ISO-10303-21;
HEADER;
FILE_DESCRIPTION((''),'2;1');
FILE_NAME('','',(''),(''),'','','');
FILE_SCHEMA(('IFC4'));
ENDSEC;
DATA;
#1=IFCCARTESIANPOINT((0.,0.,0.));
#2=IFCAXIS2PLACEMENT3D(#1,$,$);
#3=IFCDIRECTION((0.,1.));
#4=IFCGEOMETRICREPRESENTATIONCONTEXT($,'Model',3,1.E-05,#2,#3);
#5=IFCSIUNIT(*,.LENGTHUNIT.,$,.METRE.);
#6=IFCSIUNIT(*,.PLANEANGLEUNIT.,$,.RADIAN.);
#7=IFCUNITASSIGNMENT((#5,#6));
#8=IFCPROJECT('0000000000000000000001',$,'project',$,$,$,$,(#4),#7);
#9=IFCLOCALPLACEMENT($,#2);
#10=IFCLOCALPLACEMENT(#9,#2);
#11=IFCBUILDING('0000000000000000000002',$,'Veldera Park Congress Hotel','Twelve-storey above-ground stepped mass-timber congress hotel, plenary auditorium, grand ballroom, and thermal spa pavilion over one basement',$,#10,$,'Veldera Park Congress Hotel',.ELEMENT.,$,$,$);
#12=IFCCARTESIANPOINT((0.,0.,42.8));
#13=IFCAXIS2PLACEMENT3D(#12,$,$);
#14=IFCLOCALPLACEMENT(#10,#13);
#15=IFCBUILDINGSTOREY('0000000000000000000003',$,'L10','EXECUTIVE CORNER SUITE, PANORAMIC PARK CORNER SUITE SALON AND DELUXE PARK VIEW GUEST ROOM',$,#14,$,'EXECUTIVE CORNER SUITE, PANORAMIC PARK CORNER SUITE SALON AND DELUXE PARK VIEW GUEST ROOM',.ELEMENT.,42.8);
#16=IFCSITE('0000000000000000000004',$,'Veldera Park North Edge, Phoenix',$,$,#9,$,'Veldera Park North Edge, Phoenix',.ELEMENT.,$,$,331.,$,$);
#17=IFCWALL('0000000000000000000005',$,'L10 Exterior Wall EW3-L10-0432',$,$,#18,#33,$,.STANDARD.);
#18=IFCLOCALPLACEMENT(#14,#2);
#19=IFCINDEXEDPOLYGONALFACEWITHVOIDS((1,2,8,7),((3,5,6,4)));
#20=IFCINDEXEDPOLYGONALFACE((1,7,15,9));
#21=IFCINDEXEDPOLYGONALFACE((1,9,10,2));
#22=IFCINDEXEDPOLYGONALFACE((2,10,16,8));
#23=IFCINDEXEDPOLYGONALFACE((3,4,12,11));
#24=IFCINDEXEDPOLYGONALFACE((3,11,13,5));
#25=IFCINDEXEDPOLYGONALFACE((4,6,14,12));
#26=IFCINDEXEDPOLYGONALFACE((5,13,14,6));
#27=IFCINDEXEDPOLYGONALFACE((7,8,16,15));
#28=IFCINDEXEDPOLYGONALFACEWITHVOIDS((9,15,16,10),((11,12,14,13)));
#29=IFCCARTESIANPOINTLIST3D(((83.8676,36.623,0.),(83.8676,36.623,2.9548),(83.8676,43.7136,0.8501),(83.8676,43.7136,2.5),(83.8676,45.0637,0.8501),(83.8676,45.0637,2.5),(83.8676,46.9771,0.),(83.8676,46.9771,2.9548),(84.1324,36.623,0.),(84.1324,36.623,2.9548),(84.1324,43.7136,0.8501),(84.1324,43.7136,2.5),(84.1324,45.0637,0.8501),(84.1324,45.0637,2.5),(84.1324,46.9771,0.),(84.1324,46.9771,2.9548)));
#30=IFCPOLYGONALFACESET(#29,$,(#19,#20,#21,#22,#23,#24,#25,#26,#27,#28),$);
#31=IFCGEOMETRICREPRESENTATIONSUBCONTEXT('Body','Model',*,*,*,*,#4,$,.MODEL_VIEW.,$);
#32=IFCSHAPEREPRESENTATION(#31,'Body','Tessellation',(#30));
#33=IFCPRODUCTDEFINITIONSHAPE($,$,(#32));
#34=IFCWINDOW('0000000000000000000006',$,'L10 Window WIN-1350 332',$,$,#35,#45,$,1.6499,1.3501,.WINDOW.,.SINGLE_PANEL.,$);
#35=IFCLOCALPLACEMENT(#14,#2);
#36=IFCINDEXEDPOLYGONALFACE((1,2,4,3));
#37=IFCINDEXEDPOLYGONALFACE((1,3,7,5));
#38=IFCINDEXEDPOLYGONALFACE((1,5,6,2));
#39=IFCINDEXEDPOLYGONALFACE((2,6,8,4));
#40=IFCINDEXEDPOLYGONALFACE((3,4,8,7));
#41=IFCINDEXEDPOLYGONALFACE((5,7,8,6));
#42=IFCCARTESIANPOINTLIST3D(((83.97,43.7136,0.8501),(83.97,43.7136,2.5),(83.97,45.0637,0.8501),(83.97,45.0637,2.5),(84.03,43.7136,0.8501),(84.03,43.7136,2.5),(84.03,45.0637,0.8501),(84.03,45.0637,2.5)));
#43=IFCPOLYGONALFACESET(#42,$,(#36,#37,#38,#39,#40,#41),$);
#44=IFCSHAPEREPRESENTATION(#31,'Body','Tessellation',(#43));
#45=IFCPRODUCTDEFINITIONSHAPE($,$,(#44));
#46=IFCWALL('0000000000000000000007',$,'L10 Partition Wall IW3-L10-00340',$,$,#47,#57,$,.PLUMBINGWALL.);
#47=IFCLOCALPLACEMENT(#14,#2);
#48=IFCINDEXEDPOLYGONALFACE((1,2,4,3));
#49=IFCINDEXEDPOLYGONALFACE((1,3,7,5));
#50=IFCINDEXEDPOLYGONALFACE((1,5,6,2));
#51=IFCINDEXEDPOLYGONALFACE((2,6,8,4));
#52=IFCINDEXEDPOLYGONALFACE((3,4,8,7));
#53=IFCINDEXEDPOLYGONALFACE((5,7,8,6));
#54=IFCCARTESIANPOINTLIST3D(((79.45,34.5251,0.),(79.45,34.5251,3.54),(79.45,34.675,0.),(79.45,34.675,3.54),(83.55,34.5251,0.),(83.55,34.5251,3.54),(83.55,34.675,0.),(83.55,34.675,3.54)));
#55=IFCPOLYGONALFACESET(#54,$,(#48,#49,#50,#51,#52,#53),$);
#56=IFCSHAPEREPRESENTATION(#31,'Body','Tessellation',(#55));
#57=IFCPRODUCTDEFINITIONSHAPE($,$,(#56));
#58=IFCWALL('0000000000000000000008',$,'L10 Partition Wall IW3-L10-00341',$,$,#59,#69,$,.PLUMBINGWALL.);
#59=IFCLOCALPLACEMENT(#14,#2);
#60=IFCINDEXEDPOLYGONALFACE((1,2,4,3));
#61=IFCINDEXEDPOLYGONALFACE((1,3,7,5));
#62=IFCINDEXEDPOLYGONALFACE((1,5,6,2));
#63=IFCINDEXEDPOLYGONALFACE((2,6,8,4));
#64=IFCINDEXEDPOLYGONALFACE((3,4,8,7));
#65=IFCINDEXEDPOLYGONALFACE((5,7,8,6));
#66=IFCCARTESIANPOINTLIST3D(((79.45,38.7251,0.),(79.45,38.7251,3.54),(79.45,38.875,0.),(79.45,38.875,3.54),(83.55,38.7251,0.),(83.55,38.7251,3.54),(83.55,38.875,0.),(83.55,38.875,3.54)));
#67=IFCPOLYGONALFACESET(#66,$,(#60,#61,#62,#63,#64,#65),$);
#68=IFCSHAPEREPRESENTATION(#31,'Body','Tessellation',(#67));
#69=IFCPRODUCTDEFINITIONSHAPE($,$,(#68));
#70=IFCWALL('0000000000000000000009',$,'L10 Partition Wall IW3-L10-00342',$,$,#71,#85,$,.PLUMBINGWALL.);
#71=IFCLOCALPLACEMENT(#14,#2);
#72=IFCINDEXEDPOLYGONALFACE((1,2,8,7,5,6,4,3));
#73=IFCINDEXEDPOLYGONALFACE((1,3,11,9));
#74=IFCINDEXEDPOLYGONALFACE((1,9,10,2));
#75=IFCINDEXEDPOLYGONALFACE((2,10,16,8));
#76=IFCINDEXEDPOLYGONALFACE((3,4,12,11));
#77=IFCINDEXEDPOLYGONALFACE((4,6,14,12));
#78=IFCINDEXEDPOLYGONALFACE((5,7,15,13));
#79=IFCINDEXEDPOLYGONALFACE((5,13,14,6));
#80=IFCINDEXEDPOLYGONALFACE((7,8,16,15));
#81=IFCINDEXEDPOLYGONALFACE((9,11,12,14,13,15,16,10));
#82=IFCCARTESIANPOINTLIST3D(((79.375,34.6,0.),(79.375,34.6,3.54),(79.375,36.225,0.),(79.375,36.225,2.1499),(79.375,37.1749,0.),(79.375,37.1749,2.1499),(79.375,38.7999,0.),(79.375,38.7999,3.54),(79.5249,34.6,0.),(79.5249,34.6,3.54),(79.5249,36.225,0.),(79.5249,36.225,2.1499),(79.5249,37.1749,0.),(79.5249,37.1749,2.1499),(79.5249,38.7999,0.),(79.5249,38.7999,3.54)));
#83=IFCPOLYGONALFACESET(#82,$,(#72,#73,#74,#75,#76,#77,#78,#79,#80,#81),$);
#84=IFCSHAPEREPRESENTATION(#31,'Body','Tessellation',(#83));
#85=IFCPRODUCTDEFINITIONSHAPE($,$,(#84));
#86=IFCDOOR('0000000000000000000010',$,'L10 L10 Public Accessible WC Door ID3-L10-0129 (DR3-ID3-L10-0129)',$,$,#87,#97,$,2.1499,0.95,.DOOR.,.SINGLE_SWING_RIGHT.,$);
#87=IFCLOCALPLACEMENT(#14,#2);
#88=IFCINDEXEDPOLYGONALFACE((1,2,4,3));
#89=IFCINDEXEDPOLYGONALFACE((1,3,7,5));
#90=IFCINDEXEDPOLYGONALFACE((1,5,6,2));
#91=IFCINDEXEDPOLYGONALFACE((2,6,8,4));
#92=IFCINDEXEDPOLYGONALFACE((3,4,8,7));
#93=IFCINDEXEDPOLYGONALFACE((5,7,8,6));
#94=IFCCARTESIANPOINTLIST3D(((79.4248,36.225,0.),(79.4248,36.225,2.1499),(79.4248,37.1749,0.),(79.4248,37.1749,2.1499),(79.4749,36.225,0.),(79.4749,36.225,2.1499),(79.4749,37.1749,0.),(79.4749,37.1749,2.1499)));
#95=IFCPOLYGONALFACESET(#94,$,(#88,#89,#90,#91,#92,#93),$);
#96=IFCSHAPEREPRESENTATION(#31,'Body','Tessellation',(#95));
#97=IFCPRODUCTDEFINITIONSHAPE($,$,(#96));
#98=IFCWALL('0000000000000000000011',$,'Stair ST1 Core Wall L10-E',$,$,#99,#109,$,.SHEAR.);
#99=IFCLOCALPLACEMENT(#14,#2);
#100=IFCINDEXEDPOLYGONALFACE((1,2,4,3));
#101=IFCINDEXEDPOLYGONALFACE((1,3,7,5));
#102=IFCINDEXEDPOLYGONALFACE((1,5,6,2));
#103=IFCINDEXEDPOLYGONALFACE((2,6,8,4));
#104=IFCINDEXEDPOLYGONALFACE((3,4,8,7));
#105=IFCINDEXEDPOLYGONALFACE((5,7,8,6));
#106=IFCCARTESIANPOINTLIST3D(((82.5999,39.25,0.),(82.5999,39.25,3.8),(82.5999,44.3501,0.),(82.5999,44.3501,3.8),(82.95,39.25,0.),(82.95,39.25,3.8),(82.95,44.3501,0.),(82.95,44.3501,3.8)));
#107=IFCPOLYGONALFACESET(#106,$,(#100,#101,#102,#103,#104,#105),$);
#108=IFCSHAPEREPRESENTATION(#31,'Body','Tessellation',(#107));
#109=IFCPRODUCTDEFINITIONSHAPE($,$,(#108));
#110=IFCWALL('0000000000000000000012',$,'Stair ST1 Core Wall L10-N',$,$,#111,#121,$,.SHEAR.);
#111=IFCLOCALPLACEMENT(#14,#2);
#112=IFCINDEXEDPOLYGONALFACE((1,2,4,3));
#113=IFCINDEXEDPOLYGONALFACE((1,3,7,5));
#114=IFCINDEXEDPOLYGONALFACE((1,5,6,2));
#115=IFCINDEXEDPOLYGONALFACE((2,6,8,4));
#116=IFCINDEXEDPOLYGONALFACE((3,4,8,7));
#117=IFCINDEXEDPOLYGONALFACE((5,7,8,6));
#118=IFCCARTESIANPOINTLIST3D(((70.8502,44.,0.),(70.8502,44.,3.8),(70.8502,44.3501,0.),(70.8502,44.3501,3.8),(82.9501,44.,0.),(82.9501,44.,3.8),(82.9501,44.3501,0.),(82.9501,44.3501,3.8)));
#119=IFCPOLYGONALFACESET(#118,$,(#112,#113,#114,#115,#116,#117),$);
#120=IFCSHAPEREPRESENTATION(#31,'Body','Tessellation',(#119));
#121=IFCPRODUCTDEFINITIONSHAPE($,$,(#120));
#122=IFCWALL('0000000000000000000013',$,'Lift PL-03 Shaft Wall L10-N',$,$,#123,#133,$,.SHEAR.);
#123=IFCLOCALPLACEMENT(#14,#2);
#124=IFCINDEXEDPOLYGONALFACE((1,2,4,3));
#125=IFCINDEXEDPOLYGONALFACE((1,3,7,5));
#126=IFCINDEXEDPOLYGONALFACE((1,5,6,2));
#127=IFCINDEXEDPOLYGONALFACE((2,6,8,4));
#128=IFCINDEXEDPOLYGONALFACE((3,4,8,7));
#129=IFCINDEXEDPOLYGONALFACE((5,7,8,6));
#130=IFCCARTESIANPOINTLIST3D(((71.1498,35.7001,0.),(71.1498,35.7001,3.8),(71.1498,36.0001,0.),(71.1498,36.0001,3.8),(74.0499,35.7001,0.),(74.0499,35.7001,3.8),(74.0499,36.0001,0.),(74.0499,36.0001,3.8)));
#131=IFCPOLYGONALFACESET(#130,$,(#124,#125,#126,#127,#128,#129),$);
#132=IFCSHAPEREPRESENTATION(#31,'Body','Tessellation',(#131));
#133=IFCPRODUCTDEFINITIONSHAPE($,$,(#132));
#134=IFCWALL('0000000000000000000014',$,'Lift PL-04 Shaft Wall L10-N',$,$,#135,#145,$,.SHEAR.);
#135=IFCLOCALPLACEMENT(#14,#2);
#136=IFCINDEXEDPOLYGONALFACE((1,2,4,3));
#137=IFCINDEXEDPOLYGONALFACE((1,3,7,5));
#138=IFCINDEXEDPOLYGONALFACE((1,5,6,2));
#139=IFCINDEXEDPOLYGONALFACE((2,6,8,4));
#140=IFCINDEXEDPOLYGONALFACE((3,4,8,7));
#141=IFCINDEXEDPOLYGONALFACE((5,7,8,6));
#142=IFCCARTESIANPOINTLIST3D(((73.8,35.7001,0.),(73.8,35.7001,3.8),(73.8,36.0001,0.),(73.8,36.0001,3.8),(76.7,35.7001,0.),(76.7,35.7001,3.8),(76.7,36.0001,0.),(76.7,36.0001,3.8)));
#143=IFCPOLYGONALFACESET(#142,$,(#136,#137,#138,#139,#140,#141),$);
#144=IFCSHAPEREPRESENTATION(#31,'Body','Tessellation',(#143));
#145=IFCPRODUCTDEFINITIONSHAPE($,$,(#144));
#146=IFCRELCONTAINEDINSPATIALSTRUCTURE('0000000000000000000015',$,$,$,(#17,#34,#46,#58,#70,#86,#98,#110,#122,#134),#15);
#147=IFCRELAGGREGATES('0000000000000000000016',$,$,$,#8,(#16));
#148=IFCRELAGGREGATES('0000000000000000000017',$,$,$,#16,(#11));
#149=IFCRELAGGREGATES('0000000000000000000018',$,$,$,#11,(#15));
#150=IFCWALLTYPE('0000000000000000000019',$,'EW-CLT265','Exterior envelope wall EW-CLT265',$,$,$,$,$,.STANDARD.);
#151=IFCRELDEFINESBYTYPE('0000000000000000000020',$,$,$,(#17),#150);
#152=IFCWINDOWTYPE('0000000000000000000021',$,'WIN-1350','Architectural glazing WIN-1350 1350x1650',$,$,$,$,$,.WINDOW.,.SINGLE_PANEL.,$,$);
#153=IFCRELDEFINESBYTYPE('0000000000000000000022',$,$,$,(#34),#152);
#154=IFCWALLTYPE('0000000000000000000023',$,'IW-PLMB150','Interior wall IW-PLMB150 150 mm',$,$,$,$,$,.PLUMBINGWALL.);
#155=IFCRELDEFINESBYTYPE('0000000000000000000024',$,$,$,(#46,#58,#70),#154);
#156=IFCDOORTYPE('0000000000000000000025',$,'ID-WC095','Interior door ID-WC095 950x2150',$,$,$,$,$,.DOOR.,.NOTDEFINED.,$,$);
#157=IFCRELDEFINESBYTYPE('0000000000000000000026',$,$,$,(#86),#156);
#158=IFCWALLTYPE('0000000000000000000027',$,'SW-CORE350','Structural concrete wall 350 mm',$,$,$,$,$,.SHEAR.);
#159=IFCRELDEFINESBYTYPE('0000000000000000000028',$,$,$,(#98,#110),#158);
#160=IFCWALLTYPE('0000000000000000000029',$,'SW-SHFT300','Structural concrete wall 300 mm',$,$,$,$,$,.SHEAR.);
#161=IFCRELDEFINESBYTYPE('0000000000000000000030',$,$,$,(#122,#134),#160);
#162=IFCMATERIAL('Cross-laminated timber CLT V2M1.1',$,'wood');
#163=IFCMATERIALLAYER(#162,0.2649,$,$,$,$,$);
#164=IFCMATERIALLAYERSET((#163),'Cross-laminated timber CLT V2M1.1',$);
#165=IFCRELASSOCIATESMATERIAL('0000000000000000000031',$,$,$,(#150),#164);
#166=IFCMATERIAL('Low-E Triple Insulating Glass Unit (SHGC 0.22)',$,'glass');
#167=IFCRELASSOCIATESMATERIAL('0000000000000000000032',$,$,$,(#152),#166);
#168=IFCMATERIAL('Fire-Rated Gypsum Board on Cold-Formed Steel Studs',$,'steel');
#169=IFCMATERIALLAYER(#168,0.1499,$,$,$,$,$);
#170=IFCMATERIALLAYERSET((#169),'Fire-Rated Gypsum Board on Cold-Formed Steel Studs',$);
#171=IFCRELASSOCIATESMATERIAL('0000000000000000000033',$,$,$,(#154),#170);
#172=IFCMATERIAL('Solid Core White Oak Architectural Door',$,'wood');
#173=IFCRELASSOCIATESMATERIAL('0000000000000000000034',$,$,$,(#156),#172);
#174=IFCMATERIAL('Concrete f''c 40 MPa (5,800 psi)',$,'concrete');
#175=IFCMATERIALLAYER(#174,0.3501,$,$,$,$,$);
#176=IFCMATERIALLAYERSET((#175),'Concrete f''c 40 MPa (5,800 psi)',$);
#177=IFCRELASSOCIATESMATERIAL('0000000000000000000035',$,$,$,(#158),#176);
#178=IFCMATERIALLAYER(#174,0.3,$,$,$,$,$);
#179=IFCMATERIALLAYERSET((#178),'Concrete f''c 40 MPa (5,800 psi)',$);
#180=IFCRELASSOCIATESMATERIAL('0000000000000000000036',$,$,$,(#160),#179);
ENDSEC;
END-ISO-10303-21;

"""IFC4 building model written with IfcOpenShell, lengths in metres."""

from ifc_helpers import new_model, si_unit, direction, frame, frame_2d, origin, place, context, subcontext, project, spatial, rectangle, extrude, material, layer, layer_set, type_object, element, fill, save


model = new_model("IFC4")

# Units and contexts
model_context = context("Model", 3, precision=1e-05, world=origin(), true_north=direction((0.0, 1.0)))
body_context = subcontext(model_context, "Body", "Model", "MODEL_VIEW")
ifc_project = project(units=[si_unit("LENGTHUNIT", "METRE"), si_unit("PLANEANGLEUNIT", "RADIAN")], contexts=[model_context])

# Site, building, storey
site_placement = place(None, origin())
site = spatial("IfcSite", under=ifc_project, at=site_placement, Name="Veldera Park North Edge, Phoenix", LongName="Veldera Park North Edge, Phoenix", CompositionType="ELEMENT", RefElevation=331.0)
building_placement = place(site_placement, origin())
building = spatial("IfcBuilding", under=site, at=building_placement, Name="Veldera Park Congress Hotel", Description="Twelve-storey above-ground stepped mass-timber congress hotel, plenary auditorium, grand ballroom, and thermal spa pavilion over one basement", LongName="Veldera Park Congress Hotel", CompositionType="ELEMENT")
storey_placement = place(building_placement, frame((0.0, 0.0, 42.8)))
storey = spatial("IfcBuildingStorey", under=building, at=storey_placement, Name="L10", Description="EXECUTIVE CORNER SUITE, PANORAMIC PARK CORNER SUITE SALON AND DELUXE PARK VIEW GUEST ROOM", LongName="EXECUTIVE CORNER SUITE, PANORAMIC PARK CORNER SUITE SALON AND DELUXE PARK VIEW GUEST ROOM", CompositionType="ELEMENT", Elevation=42.8)

# Shared definitions
ifc_material_1 = material(Name="Low-E Triple Insulating Glass Unit (SHGC 0.22)", Category="glass")

# Wall, opening, window
ifc_material_2 = material(Name="Cross-laminated timber CLT V2M1.1", Category="wood")
ifc_layer_1 = layer(ifc_material_2, 0.2649)
ifc_layer_set_1 = layer_set([ifc_layer_1], Name="Cross-laminated timber CLT V2M1.1")
wall_type_1 = type_object("IfcWallType", Name="EW-CLT265", Description="Exterior envelope wall EW-CLT265", PredefinedType="STANDARD", material=ifc_layer_set_1)
wall_1_placement = place(storey_placement, frame((84.0, 36.623, 0.0), z_axis=(0.0, 0.0, 1.0), x_axis=(0.0, 1.0, 0.0)))
wall_1 = element("IfcWall", 1, at=wall_1_placement, inside=storey, type_object=wall_type_1, Name="L10 Exterior Wall EW3-L10-0432", PredefinedType="STANDARD", context=body_context, shape_type="SweptSolid", body=[
    extrude(rectangle(XDim=10.354, YDim=0.2649, at=frame_2d((5.177, 0.0))), origin(), (0.0, 0.0, 1.0), 2.9548),
])
opening_1_placement = place(wall_1_placement, frame((7.0906, 0.0, 0.8501)))
opening_1 = element("IfcOpeningElement", 2, at=opening_1_placement, cuts=wall_1, PredefinedType="OPENING", context=body_context, shape_type="SweptSolid", body=[
    extrude(rectangle(XDim=1.3501, YDim=1.6499, at=frame_2d((0.675, 0.825))), frame((0.0, 0.1445, 0.0), z_axis=(0.0, -1.0, 0.0), x_axis=(1.0, 0.0, 0.0)), (0.0, 0.0, 1.0), 0.2888),
])
window_type = type_object("IfcWindowType", Name="WIN-1350", Description="Architectural glazing WIN-1350 1350x1650", PartitioningType="SINGLE_PANEL", PredefinedType="WINDOW", material=ifc_material_1)
window_placement = place(opening_1_placement, origin())
window = element("IfcWindow", 3, at=window_placement, inside=storey, type_object=window_type, Name="L10 Window WIN-1350 332", OverallHeight=1.6499, OverallWidth=1.3501, PartitioningType="SINGLE_PANEL", PredefinedType="WINDOW", context=body_context, shape_type="SweptSolid", body=[
    extrude(rectangle(XDim=1.3501, YDim=1.6499, at=frame_2d((0.675, 0.825))), frame((0.0, 0.03, 0.0), z_axis=(0.0, -1.0, 0.0), x_axis=(1.0, 0.0, 0.0)), (0.0, 0.0, 1.0), 0.0601),
])
fill(opening_1, window)

# Walls
ifc_material_3 = material(Name="Fire-Rated Gypsum Board on Cold-Formed Steel Studs", Category="steel")
ifc_layer_2 = layer(ifc_material_3, 0.1499)
ifc_layer_set_2 = layer_set([ifc_layer_2], Name="Fire-Rated Gypsum Board on Cold-Formed Steel Studs")
wall_type_2 = type_object("IfcWallType", Name="IW-PLMB150", Description="Interior wall IW-PLMB150 150 mm", PredefinedType="PLUMBINGWALL", material=ifc_layer_set_2)
for number, where, z_axis, x_axis, name in (
    (4, (79.45, 34.6001, 0.0), (0.0, 0.0, 1.0), (1.0, 0.0, 0.0), "L10 Partition Wall IW3-L10-00340"),
    (5, (83.55, 38.8, 0.0), (0.0, 0.0, 1.0), (-1.0, 0.0, 0.0), "L10 Partition Wall IW3-L10-00341"),
):
    element("IfcWall", number, at=place(storey_placement, frame(where, z_axis=z_axis, x_axis=x_axis)), inside=storey, type_object=wall_type_2, Name=name, PredefinedType="PLUMBINGWALL", context=body_context, shape_type="SweptSolid", body=[
        extrude(rectangle(XDim=4.1001, YDim=0.1499, at=frame_2d((2.05, 0.0))), origin(), (0.0, 0.0, 1.0), 3.54),
    ])

# Wall, opening, door
wall_2_placement = place(storey_placement, frame((79.45, 38.8, 0.0), z_axis=(0.0, 0.0, 1.0), x_axis=(0.0, -1.0, 0.0)))
wall_2 = element("IfcWall", 6, at=wall_2_placement, inside=storey, type_object=wall_type_2, Name="L10 Partition Wall IW3-L10-00342", PredefinedType="PLUMBINGWALL", context=body_context, shape_type="SweptSolid", body=[
    extrude(rectangle(XDim=4.2, YDim=0.1499, at=frame_2d((2.1001, 0.0))), origin(), (0.0, 0.0, 1.0), 3.54),
])
opening_2_placement = place(wall_2_placement, frame((1.625, 0.0, 0.0)))
opening_2 = element("IfcOpeningElement", 7, at=opening_2_placement, cuts=wall_2, PredefinedType="OPENING", context=body_context, shape_type="SweptSolid", body=[
    extrude(rectangle(XDim=0.95, YDim=2.1499, at=frame_2d((0.4751, 1.075))), frame((0.0, 0.0869, 0.0), z_axis=(0.0, -1.0, 0.0), x_axis=(1.0, 0.0, 0.0)), (0.0, 0.0, 1.0), 0.1738),
])
ifc_material_4 = material(Name="Solid Core White Oak Architectural Door", Category="wood")
door_type = type_object("IfcDoorType", Name="ID-WC095", Description="Interior door ID-WC095 950x2150", OperationType="NOTDEFINED", PredefinedType="DOOR", material=ifc_material_4)
door_placement = place(opening_2_placement, origin())
door = element("IfcDoor", 8, at=door_placement, inside=storey, type_object=door_type, Name="L10 L10 Public Accessible WC Door ID3-L10-0129 (DR3-ID3-L10-0129)", OperationType="SINGLE_SWING_RIGHT", OverallHeight=2.1499, OverallWidth=0.95, PredefinedType="DOOR", context=body_context, shape_type="SweptSolid", body=[
    extrude(rectangle(XDim=0.95, YDim=2.1499, at=frame_2d((0.4751, 1.075))), frame((0.0, 0.0249, 0.0), z_axis=(0.0, -1.0, 0.0), x_axis=(1.0, 0.0, 0.0)), (0.0, 0.0, 1.0), 0.05),
])
fill(opening_2, door)

# Walls
ifc_material_5 = material(Name="Concrete f'c 40 MPa (5,800 psi)", Category="concrete")
ifc_layer_3 = layer(ifc_material_5, 0.3501)
ifc_layer_set_3 = layer_set([ifc_layer_3], Name="Concrete f'c 40 MPa (5,800 psi)")
wall_type_3 = type_object("IfcWallType", Name="SW-CORE350", Description="Structural concrete wall 350 mm", PredefinedType="SHEAR", material=ifc_layer_set_3)
wall_3_placement = place(storey_placement, frame((82.7749, 39.25, 0.0), z_axis=(0.0, 0.0, 1.0), x_axis=(0.0, 1.0, 0.0)))
element("IfcWall", 9, at=wall_3_placement, inside=storey, type_object=wall_type_3, Name="Stair ST1 Core Wall L10-E", PredefinedType="SHEAR", context=body_context, shape_type="SweptSolid", body=[
    extrude(rectangle(XDim=5.1001, YDim=0.3501, at=frame_2d((2.55, 0.0))), origin(), (0.0, 0.0, 1.0), 3.8),
])
wall_4_placement = place(storey_placement, frame((82.95, 44.175, 0.0), z_axis=(0.0, 0.0, 1.0), x_axis=(-1.0, 0.0, 0.0)))
element("IfcWall", 10, at=wall_4_placement, inside=storey, type_object=wall_type_3, Name="Stair ST1 Core Wall L10-N", PredefinedType="SHEAR", context=body_context, shape_type="SweptSolid", body=[
    extrude(rectangle(XDim=12.0999, YDim=0.3501, at=frame_2d((6.0498, 0.0))), origin(), (0.0, 0.0, 1.0), 3.8),
])
ifc_layer_4 = layer(ifc_material_5, 0.3)
ifc_layer_set_4 = layer_set([ifc_layer_4], Name="Concrete f'c 40 MPa (5,800 psi)")
wall_type_4 = type_object("IfcWallType", Name="SW-SHFT300", Description="Structural concrete wall 300 mm", PredefinedType="SHEAR", material=ifc_layer_set_4)
wall_5_placement = place(storey_placement, frame((74.05, 35.8501, 0.0), z_axis=(0.0, 0.0, 1.0), x_axis=(-1.0, 0.0, 0.0)))
element("IfcWall", 11, at=wall_5_placement, inside=storey, type_object=wall_type_4, Name="Lift PL-03 Shaft Wall L10-N", PredefinedType="SHEAR", context=body_context, shape_type="SweptSolid", body=[
    extrude(rectangle(XDim=2.9001, YDim=0.3, at=frame_2d((1.4502, 0.0))), origin(), (0.0, 0.0, 1.0), 3.8),
])
wall_6_placement = place(storey_placement, frame((76.7, 35.8501, 0.0), z_axis=(0.0, 0.0, 1.0), x_axis=(-1.0, 0.0, 0.0)))
element("IfcWall", 12, at=wall_6_placement, inside=storey, type_object=wall_type_4, Name="Lift PL-04 Shaft Wall L10-N", PredefinedType="SHEAR", context=body_context, shape_type="SweptSolid", body=[
    extrude(rectangle(XDim=2.8999, YDim=0.3, at=frame_2d((1.45, 0.0))), origin(), (0.0, 0.0, 1.0), 3.8),
])

save(model, "model.ifc")
